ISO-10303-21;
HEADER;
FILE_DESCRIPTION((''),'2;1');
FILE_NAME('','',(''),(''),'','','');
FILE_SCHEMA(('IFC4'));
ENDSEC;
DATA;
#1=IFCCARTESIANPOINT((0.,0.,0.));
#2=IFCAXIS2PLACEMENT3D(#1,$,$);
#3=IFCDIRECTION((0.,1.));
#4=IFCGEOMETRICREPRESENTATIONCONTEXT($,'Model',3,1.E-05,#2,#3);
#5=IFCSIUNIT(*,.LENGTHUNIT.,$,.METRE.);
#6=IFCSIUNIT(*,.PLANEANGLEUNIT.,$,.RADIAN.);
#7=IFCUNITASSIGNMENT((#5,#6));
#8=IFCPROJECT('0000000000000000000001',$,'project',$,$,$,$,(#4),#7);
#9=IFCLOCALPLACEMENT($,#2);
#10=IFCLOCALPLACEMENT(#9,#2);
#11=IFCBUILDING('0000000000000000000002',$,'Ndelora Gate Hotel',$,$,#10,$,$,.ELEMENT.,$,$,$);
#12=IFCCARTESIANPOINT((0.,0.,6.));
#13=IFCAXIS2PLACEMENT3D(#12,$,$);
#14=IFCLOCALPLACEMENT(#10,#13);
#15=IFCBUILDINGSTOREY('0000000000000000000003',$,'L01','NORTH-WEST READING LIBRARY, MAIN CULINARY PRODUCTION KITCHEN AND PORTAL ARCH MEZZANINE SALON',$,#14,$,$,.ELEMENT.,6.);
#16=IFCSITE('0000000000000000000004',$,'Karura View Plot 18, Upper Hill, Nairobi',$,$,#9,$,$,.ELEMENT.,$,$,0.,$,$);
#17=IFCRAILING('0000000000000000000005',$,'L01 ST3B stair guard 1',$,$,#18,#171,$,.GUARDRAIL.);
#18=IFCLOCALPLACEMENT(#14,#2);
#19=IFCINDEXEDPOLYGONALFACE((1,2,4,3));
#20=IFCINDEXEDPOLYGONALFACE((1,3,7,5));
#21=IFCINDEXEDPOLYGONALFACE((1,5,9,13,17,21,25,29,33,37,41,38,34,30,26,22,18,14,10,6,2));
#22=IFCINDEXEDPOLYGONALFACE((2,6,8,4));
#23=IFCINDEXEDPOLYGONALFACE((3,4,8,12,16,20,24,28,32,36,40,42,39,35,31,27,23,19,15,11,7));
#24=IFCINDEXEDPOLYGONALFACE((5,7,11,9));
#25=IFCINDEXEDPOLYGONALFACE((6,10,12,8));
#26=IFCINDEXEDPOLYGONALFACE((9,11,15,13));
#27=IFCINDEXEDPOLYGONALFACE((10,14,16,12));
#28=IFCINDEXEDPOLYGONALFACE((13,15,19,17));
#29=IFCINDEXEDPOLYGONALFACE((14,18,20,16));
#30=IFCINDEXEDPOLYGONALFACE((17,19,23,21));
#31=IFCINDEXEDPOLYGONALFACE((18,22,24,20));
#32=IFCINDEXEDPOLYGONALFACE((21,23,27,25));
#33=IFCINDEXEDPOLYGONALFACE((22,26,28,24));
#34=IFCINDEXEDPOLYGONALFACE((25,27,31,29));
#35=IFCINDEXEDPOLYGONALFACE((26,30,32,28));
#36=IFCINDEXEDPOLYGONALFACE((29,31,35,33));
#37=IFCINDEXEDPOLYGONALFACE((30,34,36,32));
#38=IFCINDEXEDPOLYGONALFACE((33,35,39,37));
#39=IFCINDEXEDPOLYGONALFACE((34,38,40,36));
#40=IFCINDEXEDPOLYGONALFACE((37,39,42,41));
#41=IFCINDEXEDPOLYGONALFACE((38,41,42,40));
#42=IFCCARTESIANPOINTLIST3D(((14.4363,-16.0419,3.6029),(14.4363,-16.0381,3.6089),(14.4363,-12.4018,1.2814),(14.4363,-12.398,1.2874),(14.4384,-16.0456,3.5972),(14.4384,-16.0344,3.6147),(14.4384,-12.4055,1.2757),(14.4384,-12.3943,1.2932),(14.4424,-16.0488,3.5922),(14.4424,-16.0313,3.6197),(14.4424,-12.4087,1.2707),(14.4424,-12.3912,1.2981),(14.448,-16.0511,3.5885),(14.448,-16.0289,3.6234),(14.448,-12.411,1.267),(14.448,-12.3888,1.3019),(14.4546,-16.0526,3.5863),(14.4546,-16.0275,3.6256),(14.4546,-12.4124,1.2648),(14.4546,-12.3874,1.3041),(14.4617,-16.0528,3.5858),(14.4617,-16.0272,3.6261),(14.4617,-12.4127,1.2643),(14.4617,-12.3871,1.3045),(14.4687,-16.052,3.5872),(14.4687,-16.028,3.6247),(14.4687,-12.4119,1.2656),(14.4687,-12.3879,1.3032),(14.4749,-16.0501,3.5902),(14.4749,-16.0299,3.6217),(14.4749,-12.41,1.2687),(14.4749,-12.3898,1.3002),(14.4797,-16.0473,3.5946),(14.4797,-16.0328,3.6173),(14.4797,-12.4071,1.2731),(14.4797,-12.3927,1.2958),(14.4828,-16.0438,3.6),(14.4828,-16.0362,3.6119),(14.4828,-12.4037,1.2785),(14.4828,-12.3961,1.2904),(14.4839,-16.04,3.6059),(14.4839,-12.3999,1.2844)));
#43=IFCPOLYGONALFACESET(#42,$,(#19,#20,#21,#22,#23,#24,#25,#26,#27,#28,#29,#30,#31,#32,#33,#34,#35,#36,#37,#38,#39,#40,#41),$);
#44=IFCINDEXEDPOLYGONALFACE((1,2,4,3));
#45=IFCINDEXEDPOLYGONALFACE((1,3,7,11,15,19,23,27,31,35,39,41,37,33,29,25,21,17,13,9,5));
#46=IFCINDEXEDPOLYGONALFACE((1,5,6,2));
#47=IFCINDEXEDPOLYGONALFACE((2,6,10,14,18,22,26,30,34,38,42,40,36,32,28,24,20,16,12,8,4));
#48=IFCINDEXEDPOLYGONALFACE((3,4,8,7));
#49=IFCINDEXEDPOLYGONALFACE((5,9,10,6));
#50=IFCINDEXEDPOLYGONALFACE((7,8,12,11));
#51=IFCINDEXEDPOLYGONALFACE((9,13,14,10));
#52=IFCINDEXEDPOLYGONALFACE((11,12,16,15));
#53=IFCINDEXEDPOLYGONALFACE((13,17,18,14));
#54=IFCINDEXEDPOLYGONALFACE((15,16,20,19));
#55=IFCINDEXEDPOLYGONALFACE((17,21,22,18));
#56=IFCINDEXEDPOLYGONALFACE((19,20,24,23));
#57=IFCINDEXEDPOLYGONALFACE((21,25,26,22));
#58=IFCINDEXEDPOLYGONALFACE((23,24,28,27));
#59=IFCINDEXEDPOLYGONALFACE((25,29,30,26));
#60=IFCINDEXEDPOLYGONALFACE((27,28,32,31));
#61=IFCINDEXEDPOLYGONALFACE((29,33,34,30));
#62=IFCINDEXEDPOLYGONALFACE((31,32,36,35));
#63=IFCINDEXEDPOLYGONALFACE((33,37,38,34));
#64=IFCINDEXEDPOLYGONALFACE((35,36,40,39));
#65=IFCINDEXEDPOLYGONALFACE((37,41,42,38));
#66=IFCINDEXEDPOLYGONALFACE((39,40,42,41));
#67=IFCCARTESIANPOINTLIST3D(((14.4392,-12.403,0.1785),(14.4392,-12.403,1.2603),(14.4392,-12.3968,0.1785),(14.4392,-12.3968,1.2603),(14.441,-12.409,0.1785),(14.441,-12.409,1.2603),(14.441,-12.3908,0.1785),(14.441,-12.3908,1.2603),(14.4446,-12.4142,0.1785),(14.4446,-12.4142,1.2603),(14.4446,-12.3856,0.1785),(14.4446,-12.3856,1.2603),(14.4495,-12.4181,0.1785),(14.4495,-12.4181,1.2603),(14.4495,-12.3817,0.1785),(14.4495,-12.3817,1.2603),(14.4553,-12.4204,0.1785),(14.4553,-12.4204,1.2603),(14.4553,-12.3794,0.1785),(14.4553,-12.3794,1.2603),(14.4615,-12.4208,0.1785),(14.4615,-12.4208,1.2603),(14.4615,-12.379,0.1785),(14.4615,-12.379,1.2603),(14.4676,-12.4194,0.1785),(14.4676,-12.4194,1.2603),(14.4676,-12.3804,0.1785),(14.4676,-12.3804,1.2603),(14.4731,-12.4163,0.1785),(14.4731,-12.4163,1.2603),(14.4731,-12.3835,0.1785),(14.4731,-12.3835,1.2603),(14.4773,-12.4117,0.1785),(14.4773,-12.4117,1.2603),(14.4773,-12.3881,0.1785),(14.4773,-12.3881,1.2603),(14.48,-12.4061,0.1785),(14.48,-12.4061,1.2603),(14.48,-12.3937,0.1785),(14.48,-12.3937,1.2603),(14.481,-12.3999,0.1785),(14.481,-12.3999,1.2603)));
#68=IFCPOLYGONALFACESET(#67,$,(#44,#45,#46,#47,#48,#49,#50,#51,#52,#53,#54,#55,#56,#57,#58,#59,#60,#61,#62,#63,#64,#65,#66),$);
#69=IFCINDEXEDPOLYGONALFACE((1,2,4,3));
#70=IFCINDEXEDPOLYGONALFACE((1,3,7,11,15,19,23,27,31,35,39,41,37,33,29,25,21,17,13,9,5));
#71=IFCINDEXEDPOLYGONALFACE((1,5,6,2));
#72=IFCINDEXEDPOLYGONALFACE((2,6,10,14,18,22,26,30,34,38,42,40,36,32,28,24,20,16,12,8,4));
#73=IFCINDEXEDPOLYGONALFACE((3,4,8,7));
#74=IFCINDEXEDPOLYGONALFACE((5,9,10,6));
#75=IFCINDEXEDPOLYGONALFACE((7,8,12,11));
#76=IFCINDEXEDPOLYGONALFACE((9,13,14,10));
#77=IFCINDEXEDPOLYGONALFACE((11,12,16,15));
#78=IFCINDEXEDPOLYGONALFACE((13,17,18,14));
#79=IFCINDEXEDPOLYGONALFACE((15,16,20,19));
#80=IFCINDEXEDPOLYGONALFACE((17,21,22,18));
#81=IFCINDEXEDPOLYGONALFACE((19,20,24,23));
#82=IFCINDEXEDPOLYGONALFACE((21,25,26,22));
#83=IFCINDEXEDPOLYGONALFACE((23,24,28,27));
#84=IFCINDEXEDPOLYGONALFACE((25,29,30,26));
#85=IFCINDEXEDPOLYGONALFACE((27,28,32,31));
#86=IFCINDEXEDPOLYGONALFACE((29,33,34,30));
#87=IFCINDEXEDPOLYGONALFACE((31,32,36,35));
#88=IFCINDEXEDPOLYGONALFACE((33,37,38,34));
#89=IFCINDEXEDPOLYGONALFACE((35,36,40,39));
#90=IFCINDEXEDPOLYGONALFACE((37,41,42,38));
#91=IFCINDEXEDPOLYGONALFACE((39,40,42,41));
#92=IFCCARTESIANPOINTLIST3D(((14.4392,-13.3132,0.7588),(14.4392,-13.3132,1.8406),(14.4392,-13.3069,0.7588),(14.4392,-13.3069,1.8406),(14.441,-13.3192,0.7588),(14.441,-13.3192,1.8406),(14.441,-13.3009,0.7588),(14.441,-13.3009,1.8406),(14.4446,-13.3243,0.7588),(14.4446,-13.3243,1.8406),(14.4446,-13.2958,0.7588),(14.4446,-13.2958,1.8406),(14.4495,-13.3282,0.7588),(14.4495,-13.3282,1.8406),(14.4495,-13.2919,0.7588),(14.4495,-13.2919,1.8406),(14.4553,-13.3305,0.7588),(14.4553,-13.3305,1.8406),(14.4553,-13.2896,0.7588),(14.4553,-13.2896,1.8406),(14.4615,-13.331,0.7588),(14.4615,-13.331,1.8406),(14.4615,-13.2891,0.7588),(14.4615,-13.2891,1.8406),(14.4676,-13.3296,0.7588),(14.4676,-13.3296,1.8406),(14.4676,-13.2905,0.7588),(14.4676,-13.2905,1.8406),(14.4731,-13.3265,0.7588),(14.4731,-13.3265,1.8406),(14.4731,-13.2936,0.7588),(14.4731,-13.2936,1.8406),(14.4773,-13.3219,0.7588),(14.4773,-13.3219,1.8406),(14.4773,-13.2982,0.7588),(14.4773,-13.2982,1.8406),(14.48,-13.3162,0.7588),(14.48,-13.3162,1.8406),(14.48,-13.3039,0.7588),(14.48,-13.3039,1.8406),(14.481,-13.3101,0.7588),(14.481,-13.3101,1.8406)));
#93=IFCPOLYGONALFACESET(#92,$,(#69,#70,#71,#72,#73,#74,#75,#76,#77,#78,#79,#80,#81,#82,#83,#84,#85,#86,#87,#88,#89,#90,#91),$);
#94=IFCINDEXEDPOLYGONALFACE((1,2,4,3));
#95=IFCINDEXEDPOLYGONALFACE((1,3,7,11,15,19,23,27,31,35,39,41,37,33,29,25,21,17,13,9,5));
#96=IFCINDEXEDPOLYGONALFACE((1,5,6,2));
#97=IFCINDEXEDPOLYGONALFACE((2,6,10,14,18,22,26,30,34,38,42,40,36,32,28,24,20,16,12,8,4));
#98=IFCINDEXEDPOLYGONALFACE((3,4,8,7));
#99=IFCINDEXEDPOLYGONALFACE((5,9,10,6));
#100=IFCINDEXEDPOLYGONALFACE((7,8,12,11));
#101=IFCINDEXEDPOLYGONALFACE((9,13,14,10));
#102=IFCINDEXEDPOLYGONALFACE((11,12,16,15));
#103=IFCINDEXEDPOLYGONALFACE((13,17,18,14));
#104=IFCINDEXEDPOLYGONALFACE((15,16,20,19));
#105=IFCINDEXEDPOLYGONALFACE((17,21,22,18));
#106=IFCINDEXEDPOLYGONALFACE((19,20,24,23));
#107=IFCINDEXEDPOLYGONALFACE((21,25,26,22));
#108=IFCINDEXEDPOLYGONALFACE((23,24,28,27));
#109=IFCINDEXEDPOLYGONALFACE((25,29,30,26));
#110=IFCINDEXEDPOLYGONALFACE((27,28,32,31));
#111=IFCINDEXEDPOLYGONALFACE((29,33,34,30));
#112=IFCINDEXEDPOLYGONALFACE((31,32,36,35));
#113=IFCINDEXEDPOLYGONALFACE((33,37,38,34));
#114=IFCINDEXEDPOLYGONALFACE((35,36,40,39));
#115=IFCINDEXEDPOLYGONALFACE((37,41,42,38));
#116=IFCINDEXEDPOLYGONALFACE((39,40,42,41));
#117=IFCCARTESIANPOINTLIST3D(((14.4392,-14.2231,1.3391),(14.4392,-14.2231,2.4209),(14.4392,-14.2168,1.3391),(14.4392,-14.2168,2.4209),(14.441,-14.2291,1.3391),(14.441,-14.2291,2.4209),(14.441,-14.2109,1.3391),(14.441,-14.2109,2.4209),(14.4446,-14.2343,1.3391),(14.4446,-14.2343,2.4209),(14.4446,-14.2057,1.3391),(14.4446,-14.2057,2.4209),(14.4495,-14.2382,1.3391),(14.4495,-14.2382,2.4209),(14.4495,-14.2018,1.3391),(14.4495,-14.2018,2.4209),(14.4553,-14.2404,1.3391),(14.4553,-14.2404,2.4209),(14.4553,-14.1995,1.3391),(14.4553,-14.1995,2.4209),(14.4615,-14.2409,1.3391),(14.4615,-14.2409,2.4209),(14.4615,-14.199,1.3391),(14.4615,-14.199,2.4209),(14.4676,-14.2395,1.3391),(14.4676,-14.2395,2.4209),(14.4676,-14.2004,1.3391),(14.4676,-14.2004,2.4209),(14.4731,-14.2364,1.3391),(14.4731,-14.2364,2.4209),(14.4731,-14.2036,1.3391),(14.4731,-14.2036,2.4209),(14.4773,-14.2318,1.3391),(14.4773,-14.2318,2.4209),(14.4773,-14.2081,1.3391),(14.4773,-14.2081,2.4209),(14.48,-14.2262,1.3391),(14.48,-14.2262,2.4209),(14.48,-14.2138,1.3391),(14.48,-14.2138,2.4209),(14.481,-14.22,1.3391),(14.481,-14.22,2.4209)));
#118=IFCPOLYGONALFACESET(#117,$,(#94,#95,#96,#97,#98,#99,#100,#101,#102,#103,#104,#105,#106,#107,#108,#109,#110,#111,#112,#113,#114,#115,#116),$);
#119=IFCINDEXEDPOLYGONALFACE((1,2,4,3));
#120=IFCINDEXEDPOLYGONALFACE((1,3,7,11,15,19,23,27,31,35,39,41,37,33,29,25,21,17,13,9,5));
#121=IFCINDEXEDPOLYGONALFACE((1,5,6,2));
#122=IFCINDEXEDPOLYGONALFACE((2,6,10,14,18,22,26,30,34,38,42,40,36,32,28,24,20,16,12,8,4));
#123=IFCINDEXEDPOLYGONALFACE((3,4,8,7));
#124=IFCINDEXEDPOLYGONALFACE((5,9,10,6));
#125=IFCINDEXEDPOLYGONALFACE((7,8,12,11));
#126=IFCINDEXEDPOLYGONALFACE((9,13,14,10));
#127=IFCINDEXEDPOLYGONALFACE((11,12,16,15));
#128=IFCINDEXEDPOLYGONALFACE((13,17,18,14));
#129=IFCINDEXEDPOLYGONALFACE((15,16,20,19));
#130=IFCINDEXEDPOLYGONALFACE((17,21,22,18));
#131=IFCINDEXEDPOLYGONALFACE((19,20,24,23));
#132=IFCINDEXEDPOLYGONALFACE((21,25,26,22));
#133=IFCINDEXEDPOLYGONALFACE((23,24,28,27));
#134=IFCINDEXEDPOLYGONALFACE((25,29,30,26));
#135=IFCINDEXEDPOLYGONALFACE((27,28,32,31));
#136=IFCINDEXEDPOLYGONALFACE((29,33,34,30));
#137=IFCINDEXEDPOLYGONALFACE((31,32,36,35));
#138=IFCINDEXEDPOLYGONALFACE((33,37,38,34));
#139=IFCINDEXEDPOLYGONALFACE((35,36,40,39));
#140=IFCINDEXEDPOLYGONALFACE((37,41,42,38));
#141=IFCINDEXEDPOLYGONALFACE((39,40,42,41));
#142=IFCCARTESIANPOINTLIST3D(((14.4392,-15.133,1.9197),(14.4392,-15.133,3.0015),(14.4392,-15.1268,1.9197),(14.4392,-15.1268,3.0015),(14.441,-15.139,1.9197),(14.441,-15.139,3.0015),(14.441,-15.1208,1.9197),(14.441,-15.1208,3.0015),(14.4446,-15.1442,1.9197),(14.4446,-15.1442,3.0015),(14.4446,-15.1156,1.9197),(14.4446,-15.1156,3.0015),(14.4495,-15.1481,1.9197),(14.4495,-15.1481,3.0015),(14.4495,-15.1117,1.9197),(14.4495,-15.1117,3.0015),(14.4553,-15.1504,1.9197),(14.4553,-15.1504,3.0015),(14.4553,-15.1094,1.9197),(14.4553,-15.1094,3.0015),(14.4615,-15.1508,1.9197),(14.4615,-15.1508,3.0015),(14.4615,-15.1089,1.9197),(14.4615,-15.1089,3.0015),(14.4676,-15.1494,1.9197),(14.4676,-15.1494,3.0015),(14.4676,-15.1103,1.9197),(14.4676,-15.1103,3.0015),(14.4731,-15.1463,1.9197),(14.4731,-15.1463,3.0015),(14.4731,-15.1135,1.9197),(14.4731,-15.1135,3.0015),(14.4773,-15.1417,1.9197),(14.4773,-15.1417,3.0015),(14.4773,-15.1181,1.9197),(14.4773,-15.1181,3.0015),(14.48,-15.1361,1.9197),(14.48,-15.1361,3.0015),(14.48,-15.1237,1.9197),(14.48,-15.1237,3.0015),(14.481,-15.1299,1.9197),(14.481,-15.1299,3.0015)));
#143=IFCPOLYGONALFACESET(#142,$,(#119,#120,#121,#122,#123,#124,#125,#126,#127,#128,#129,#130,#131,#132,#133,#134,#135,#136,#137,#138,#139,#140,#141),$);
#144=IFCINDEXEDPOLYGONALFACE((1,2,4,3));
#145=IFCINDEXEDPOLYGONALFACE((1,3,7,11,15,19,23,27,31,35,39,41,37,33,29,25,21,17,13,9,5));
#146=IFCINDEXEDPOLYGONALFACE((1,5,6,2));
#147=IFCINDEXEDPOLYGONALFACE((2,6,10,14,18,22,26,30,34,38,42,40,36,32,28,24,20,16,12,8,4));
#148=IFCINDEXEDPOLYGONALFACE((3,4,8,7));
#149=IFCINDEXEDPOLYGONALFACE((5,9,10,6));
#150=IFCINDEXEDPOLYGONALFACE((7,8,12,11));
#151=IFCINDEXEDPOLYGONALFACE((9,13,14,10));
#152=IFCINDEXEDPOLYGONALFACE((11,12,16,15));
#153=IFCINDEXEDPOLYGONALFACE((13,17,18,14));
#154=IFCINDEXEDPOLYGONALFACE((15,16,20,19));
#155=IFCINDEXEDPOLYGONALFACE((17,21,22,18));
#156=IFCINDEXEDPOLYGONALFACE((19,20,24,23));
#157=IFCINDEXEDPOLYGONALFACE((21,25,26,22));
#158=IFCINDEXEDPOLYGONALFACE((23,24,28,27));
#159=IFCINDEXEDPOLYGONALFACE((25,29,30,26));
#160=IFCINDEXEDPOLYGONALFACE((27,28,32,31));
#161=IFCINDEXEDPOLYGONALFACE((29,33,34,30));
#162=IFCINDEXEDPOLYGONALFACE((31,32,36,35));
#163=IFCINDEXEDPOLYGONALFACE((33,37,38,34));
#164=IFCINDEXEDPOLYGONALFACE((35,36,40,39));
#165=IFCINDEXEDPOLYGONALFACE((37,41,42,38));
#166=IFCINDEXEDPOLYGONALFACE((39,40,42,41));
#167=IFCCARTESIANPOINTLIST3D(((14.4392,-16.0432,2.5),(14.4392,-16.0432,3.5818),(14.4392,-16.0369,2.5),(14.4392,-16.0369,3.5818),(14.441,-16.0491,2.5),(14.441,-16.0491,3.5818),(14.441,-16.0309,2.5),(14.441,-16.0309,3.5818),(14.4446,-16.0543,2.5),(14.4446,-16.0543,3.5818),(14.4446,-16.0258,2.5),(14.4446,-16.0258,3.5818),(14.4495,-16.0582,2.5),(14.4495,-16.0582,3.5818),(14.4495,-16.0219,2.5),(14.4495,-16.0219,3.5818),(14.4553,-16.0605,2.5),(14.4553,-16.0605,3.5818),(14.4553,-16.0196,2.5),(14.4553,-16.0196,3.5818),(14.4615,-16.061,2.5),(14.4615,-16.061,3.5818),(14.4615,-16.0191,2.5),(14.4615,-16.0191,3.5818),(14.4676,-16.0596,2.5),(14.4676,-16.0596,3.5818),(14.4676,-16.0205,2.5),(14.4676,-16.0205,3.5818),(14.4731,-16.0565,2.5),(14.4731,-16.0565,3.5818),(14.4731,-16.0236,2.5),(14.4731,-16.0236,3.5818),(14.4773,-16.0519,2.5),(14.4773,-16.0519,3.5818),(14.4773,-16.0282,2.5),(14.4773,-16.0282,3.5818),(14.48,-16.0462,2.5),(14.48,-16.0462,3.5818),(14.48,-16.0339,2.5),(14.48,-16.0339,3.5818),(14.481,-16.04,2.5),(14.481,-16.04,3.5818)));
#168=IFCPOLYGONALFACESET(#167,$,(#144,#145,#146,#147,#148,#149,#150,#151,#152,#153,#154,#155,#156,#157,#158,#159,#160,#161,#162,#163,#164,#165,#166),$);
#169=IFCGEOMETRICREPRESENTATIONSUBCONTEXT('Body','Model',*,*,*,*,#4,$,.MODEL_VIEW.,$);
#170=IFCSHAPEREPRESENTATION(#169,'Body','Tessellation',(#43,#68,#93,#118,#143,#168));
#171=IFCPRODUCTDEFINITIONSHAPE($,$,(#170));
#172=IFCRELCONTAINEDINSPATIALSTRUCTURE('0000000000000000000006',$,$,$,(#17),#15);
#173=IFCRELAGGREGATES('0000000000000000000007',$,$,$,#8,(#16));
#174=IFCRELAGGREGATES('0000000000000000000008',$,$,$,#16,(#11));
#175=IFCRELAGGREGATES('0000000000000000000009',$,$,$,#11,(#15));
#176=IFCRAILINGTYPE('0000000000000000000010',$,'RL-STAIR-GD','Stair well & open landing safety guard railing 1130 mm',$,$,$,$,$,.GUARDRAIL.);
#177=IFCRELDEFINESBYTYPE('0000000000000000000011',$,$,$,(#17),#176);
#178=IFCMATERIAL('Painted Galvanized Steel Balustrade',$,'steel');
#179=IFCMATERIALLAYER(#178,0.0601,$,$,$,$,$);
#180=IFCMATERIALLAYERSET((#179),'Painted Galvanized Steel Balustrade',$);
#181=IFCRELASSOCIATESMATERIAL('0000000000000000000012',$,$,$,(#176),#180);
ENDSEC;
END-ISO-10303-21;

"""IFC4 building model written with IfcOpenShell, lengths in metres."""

from ifc_helpers import new_model, si_unit, direction, frame, origin, origin_2d, place, context, subcontext, project, spatial, circle, extrude, material, layer, layer_set, type_object, element, save


model = new_model("IFC4")

# Units and contexts
model_context = context("Model", 3, precision=1e-05, world=origin(), true_north=direction((0.0, 1.0)))
body_context = subcontext(model_context, "Body", "Model", "MODEL_VIEW")
ifc_project = project(units=[si_unit("LENGTHUNIT", "METRE"), si_unit("PLANEANGLEUNIT", "RADIAN")], contexts=[model_context])

# Site, building, storey
site_placement = place(None, origin())
site = spatial("IfcSite", under=ifc_project, at=site_placement, Name="Karura View Plot 18, Upper Hill, Nairobi", CompositionType="ELEMENT", RefElevation=0.0)
building_placement = place(site_placement, origin())
building = spatial("IfcBuilding", under=site, at=building_placement, Name="Ndelora Gate Hotel", CompositionType="ELEMENT")
storey_placement = place(building_placement, frame((0.0, 0.0, 6.0)))
storey = spatial("IfcBuildingStorey", under=building, at=storey_placement, Name="L01", Description="NORTH-WEST READING LIBRARY, MAIN CULINARY PRODUCTION KITCHEN AND PORTAL ARCH MEZZANINE SALON", CompositionType="ELEMENT", Elevation=6.0)

# Railing
ifc_material_1 = material(Name="Painted Galvanized Steel Balustrade", Category="steel")
ifc_layer_1 = layer(ifc_material_1, 0.0601)
ifc_layer_set_1 = layer_set([ifc_layer_1], Name="Painted Galvanized Steel Balustrade")
railing_type_1 = type_object("IfcRailingType", Name="RL-STAIR-GD", Description="Stair well & open landing safety guard railing 1130 mm", PredefinedType="GUARDRAIL", material=ifc_layer_set_1)
railing_1_placement = place(storey_placement, frame((14.46, -12.3999, 0.1785)))
element("IfcRailing", 1, at=railing_1_placement, inside=storey, type_object=railing_type_1, Name="L01 ST3B stair guard 1", PredefinedType="GUARDRAIL", context=body_context, shape_type="SweptSolid", body=[
    extrude(circle(Radius=0.0239, at=origin_2d()), frame((0.0, 0.0, 1.106), z_axis=(0.0, -0.843128, 0.537713), x_axis=(1.0, 0.0, 0.0)), (0.0, 0.0, 1.0), 4.3174),
    extrude(circle(Radius=0.021, at=origin_2d()), origin(), (0.0, 0.0, 1.0), 1.0818),
    extrude(circle(Radius=0.021, at=origin_2d()), frame((0.0, -0.9102, 0.5803)), (0.0, 0.0, 1.0), 1.0818),
    extrude(circle(Radius=0.021, at=origin_2d()), frame((0.0, -1.8201, 1.1606)), (0.0, 0.0, 1.0), 1.0818),
    extrude(circle(Radius=0.021, at=origin_2d()), frame((0.0, -2.73, 1.7412)), (0.0, 0.0, 1.0), 1.0818),
    extrude(circle(Radius=0.021, at=origin_2d()), frame((0.0, -3.6401, 2.3215)), (0.0, 0.0, 1.0), 1.0818),
])

save(model, "model.ifc")
